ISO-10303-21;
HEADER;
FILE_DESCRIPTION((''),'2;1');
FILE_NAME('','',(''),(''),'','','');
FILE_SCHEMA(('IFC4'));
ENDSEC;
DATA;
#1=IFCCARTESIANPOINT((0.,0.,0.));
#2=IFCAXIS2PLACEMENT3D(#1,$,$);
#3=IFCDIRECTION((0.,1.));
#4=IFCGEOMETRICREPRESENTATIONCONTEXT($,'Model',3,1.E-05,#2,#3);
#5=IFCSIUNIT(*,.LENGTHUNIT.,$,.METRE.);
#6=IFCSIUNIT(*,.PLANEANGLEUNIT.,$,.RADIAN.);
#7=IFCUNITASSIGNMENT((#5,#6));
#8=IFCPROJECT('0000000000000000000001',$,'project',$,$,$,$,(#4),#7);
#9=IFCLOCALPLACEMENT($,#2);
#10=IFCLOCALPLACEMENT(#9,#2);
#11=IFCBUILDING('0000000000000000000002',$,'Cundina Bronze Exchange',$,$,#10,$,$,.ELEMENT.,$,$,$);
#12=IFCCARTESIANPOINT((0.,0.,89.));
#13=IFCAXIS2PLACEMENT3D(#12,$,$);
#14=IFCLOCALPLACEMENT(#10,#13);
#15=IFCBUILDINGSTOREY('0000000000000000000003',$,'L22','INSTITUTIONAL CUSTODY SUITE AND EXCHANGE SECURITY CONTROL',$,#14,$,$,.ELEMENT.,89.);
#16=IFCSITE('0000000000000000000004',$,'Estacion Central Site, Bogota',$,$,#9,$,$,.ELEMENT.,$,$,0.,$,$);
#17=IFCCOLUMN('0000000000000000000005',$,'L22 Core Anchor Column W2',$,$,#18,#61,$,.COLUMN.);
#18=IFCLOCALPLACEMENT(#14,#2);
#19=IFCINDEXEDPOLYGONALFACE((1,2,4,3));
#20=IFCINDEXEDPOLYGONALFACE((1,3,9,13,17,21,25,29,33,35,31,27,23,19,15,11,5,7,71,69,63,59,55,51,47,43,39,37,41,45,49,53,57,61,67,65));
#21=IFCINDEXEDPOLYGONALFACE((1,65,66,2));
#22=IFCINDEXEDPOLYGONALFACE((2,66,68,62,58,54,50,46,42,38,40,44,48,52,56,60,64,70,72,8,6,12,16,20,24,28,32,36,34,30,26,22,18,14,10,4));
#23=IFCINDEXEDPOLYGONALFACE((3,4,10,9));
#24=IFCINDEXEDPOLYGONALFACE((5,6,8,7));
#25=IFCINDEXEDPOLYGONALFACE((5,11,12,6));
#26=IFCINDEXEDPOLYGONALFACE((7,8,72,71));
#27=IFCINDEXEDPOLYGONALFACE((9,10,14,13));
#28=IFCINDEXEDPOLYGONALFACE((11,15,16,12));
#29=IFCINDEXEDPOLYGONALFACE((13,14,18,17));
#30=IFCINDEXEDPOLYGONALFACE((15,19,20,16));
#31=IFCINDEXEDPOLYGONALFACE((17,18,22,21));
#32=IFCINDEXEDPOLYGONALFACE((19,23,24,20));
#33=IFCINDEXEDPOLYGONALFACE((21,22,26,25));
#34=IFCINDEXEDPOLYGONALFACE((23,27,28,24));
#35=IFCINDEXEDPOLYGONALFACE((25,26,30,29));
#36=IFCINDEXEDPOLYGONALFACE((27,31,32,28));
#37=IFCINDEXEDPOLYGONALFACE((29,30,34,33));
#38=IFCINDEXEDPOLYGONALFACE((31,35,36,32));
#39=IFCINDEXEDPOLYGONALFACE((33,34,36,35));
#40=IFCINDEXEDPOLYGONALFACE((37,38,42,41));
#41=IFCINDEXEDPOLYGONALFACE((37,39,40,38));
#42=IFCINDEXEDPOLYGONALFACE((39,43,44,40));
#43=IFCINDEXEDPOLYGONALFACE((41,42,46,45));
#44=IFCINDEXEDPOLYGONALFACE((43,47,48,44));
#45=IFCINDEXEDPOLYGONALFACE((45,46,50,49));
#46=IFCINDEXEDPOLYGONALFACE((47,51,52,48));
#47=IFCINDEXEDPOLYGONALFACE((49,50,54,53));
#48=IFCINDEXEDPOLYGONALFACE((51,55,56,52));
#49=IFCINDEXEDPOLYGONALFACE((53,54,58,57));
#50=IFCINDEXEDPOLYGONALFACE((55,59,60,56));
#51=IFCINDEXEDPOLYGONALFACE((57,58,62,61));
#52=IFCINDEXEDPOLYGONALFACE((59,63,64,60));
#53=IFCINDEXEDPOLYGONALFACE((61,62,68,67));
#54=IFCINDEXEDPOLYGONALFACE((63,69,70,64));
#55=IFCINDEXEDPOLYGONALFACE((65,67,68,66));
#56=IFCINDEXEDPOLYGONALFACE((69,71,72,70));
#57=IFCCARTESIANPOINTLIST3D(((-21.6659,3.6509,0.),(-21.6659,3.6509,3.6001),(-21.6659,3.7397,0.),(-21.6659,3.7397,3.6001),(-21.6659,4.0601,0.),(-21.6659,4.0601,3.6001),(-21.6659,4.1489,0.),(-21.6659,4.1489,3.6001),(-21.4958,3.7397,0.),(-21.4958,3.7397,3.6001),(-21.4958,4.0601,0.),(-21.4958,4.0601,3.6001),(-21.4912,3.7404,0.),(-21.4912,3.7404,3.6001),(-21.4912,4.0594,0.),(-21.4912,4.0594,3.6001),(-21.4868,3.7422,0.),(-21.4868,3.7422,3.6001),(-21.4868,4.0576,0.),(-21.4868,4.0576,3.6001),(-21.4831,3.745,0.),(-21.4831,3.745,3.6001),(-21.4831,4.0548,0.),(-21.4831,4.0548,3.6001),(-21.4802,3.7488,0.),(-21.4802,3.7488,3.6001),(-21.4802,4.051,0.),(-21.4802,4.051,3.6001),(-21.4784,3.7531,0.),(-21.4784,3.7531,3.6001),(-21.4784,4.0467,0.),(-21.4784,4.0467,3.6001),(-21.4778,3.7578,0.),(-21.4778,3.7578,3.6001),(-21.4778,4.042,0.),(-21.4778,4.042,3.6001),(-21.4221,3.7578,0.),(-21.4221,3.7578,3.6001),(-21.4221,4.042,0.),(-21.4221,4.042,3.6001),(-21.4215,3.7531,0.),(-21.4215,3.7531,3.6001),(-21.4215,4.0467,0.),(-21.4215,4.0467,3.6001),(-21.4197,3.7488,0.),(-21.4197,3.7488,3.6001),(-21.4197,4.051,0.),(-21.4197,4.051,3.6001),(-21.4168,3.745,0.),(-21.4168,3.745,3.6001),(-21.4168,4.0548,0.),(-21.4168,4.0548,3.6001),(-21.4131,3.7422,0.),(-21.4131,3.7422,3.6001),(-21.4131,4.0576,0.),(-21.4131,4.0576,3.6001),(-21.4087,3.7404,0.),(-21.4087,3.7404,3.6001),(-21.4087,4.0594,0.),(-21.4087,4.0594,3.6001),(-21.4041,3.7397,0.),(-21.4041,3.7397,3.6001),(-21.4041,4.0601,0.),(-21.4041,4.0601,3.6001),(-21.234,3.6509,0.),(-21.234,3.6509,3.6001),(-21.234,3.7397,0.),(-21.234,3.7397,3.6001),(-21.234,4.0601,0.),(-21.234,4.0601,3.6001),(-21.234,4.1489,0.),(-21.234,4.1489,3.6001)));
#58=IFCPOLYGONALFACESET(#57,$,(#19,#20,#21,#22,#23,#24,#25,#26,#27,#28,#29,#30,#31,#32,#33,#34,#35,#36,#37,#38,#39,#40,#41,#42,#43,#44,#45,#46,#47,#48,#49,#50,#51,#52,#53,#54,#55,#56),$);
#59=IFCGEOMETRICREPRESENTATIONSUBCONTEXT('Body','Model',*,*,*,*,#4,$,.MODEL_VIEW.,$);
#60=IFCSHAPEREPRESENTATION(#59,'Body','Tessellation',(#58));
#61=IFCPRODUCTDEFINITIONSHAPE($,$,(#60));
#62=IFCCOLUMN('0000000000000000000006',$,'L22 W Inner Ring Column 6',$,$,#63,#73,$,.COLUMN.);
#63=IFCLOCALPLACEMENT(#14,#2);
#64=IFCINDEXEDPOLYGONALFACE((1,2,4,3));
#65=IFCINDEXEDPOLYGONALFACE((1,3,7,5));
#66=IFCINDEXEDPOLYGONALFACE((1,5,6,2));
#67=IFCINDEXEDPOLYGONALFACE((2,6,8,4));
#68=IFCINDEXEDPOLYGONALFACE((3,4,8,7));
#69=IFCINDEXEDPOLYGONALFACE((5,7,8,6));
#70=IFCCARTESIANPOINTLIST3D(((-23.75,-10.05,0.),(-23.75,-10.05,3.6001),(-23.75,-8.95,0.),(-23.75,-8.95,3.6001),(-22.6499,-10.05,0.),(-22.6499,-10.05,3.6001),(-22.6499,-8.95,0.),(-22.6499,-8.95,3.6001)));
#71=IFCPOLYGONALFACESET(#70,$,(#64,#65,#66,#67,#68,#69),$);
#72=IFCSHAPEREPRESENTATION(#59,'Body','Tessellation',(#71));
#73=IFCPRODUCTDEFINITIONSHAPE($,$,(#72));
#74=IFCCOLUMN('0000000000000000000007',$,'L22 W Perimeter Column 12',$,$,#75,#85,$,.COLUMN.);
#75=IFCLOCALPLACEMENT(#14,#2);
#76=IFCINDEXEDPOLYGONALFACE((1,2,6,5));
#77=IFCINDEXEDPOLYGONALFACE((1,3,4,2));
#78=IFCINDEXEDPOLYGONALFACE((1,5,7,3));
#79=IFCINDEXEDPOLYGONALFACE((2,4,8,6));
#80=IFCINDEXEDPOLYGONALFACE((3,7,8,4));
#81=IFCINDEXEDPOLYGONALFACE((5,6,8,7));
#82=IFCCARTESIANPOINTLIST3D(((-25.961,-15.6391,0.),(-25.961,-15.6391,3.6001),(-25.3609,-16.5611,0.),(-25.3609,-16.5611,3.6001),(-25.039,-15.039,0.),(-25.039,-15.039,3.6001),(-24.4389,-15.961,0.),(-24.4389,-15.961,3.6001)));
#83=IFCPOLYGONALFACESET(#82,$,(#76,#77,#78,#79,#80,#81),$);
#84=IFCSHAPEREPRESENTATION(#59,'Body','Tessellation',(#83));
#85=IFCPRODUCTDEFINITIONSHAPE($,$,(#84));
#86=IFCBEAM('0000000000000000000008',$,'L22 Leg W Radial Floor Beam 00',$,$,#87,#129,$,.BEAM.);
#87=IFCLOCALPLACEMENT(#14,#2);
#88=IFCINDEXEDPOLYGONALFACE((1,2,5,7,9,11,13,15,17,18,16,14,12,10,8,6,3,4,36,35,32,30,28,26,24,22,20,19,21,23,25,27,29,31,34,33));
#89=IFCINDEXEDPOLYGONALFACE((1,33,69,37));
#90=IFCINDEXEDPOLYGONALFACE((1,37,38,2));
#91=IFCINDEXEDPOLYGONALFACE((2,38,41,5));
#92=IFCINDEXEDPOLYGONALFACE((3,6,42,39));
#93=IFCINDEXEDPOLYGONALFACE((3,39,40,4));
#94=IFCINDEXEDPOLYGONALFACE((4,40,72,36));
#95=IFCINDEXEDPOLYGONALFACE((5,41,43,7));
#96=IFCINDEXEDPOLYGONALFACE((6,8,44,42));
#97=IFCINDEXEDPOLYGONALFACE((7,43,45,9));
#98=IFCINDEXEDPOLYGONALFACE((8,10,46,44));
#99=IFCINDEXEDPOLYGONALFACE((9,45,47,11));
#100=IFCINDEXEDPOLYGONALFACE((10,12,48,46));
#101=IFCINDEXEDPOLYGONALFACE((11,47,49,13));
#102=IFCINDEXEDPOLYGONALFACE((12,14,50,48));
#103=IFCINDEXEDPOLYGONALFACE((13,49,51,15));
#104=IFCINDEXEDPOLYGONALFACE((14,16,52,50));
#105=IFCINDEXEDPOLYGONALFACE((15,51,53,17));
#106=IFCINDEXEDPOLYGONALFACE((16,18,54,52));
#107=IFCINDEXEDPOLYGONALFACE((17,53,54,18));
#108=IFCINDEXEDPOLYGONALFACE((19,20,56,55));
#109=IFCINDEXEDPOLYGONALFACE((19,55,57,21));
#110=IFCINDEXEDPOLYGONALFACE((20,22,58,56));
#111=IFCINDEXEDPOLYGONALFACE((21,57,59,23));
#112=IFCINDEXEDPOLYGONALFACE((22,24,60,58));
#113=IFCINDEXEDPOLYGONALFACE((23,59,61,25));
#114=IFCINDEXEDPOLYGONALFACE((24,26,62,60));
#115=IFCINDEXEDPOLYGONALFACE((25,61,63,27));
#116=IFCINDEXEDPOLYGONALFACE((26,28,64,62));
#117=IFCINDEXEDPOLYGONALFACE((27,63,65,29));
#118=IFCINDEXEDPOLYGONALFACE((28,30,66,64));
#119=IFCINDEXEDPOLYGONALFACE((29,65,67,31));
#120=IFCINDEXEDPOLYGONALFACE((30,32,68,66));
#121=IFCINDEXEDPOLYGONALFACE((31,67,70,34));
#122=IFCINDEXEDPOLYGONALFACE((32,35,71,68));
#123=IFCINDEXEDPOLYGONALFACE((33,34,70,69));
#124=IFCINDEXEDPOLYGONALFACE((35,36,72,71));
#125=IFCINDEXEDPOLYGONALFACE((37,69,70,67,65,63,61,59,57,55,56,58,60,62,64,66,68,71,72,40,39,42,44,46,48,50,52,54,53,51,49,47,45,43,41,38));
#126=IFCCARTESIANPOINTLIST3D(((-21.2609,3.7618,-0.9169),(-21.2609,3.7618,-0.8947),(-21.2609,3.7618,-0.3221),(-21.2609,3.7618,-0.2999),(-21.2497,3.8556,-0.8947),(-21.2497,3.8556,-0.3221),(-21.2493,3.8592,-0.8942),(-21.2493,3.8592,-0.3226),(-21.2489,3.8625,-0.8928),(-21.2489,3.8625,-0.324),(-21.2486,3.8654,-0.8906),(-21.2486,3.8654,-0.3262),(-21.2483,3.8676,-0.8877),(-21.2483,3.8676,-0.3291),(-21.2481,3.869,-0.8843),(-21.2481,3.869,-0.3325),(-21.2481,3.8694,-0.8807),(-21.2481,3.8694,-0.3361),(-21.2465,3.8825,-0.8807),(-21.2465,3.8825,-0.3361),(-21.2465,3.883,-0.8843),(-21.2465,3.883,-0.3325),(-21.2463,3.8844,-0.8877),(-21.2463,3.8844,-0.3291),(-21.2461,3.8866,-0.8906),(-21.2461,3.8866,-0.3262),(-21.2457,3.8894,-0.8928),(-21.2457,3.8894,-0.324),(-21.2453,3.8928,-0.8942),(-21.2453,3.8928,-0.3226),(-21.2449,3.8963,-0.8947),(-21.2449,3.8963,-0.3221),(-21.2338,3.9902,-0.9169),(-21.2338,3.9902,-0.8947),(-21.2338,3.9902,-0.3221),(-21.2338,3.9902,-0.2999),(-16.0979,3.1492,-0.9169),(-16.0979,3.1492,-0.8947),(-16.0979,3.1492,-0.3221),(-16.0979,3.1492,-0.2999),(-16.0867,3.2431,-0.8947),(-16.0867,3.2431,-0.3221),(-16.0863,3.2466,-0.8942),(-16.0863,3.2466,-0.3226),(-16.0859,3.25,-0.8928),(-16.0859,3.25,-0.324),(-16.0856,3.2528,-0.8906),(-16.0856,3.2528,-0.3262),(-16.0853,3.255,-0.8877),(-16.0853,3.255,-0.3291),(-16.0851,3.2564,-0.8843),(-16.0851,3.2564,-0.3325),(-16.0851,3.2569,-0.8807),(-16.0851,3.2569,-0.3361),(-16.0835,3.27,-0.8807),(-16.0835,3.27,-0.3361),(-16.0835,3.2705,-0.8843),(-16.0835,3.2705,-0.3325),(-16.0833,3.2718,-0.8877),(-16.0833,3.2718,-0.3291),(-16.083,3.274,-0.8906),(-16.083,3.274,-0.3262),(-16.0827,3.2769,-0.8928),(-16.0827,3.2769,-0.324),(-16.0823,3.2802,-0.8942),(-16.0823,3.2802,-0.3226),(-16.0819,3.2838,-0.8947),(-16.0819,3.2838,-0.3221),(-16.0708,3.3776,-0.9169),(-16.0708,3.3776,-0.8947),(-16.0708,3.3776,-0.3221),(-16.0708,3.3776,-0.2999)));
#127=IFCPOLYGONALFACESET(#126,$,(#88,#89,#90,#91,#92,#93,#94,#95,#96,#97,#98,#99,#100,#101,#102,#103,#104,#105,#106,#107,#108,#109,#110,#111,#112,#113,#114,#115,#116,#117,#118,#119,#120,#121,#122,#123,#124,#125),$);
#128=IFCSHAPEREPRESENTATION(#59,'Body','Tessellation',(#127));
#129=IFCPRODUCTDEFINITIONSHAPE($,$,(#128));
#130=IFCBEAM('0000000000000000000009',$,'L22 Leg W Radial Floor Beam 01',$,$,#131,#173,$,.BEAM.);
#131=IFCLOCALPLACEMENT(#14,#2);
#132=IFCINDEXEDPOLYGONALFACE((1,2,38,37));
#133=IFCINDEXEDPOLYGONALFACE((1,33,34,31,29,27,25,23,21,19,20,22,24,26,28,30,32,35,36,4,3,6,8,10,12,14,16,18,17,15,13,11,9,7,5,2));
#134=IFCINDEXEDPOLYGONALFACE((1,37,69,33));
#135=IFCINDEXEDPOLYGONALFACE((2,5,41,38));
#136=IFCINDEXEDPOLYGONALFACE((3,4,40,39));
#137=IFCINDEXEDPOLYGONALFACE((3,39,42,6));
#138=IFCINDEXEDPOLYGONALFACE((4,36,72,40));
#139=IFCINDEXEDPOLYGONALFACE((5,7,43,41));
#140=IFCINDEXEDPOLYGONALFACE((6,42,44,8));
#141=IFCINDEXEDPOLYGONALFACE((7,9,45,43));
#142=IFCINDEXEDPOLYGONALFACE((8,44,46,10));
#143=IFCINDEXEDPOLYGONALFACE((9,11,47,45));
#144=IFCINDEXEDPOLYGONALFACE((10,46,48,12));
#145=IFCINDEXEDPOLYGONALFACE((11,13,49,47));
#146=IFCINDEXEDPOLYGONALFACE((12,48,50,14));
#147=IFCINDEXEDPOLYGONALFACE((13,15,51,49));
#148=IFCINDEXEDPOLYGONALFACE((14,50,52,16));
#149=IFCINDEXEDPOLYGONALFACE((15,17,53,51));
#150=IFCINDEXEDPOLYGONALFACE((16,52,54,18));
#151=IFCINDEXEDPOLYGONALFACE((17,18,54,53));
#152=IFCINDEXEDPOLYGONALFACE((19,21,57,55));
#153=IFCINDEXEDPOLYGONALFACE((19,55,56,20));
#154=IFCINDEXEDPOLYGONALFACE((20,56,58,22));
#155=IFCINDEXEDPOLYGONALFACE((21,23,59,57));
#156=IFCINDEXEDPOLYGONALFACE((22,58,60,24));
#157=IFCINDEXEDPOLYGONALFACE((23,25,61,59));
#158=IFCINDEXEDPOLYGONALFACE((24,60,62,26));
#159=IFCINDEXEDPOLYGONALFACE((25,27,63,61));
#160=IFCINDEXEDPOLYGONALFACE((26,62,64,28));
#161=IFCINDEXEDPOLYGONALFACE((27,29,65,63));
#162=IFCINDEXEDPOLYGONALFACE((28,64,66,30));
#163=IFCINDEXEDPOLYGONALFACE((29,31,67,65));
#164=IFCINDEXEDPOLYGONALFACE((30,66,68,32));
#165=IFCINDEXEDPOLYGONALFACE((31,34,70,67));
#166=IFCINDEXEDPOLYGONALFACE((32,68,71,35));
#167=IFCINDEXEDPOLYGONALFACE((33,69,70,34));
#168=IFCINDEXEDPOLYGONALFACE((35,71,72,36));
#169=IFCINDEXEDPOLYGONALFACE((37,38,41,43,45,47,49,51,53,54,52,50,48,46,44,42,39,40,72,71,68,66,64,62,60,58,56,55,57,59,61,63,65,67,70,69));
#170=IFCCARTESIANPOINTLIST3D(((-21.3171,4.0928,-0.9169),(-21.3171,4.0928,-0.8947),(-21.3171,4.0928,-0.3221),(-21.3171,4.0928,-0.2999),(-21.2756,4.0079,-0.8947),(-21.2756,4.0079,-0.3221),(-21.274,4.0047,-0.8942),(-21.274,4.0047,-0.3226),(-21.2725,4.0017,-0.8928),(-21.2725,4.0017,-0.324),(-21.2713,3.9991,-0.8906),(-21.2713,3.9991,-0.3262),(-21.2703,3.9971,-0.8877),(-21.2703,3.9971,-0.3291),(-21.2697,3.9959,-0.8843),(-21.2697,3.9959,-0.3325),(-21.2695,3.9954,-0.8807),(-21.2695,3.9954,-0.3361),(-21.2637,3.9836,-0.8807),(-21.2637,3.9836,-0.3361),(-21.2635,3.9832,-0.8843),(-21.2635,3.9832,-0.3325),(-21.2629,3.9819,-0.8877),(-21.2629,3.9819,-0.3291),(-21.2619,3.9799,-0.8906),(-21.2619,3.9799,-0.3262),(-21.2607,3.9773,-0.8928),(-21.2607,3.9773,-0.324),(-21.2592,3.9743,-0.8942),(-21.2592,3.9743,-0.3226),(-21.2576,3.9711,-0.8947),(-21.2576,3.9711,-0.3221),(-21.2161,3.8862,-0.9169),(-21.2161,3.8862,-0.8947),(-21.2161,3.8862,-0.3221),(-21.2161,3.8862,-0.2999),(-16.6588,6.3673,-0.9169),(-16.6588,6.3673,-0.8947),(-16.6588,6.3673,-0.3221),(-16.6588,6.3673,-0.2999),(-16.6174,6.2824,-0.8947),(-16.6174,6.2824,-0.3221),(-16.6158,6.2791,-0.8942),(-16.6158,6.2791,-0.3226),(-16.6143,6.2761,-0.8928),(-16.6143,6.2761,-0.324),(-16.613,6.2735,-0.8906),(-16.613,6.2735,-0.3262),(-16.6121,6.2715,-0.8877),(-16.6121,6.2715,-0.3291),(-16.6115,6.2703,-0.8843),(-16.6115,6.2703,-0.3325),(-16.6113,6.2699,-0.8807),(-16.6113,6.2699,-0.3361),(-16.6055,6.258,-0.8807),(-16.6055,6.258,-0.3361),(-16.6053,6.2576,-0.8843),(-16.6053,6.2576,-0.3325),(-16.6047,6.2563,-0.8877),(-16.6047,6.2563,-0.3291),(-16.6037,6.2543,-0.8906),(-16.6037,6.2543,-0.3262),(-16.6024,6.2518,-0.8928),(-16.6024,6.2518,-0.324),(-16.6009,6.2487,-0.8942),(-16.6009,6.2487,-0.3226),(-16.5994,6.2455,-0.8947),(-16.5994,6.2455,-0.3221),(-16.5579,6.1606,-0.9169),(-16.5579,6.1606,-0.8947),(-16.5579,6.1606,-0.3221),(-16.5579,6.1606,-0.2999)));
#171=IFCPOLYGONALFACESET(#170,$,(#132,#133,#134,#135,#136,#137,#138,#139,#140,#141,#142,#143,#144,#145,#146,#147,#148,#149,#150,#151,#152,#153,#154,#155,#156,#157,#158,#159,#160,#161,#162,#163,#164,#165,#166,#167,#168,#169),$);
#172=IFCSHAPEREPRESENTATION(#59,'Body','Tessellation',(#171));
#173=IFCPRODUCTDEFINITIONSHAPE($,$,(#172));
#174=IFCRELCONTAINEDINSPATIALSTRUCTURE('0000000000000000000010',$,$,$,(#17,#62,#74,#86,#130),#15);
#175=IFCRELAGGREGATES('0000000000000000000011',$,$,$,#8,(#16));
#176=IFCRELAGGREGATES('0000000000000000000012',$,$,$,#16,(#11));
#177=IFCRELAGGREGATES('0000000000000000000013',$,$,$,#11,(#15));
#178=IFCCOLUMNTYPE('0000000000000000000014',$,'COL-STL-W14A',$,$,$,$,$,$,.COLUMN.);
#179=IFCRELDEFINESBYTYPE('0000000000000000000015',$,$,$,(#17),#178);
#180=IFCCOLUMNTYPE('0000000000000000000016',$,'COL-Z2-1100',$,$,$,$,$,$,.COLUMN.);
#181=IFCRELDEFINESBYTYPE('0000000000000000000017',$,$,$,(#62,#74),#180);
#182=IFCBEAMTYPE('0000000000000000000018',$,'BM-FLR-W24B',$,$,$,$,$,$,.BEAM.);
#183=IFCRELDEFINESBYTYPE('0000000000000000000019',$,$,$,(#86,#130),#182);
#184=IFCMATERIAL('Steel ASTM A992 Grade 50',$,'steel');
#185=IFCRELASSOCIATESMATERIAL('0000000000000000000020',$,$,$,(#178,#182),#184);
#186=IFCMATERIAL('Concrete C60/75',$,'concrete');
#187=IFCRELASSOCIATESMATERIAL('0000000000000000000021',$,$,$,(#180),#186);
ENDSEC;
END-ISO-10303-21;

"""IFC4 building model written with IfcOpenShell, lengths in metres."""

from ifc_helpers import new_model, si_unit, direction, frame, origin, origin_2d, place, context, subcontext, project, spatial, rectangle, i_section, extrude, material, material_profile, profile_set, type_object, element, save


model = new_model("IFC4")

# Units and contexts
model_context = context("Model", 3, precision=1e-05, world=origin(), true_north=direction((0.0, 1.0)))
body_context = subcontext(model_context, "Body", "Model", "MODEL_VIEW")
ifc_project = project(units=[si_unit("LENGTHUNIT", "METRE"), si_unit("PLANEANGLEUNIT", "RADIAN")], contexts=[model_context])

# Site, building, storey
site_placement = place(None, origin())
site = spatial("IfcSite", under=ifc_project, at=site_placement, Name="Estacion Central Site, Bogota", CompositionType="ELEMENT", RefElevation=0.0)
building_placement = place(site_placement, origin())
building = spatial("IfcBuilding", under=site, at=building_placement, Name="Cundina Bronze Exchange", CompositionType="ELEMENT")
storey_placement = place(building_placement, frame((0.0, 0.0, 89.0)))
storey = spatial("IfcBuildingStorey", under=building, at=storey_placement, Name="L22", Description="INSTITUTIONAL CUSTODY SUITE AND EXCHANGE SECURITY CONTROL", CompositionType="ELEMENT", Elevation=89.0)

# Columns
ifc_material_1 = material(Name="Steel ASTM A992 Grade 50", Category="steel")
ifc_material_profile_1 = material_profile(ifc_material_1, i_section(OverallWidth=0.4319, OverallDepth=0.498, WebThickness=0.0557, FlangeThickness=0.0889, FilletRadius=0.0181, at=origin_2d()), Name="W14X500", Category="steel")
ifc_profile_set_1 = profile_set([ifc_material_profile_1], Name="Steel ASTM A992 Grade 50")
column_type_1 = type_object("IfcColumnType", Name="COL-STL-W14A", PredefinedType="COLUMN", material=ifc_profile_set_1)
column_placement = place(storey_placement, frame((-21.45, 3.8999, 0.0), z_axis=(0.0, 0.0, 1.0), x_axis=(1.0, 0.0, 0.0)))
element("IfcColumn", 1, at=column_placement, inside=storey, type_object=column_type_1, Name="L22 Core Anchor Column W2", PredefinedType="COLUMN", context=body_context, shape_type="SweptSolid", body=[
    extrude(i_section(OverallWidth=0.4319, OverallDepth=0.498, WebThickness=0.0557, FlangeThickness=0.0889, FilletRadius=0.0181, at=origin_2d()), origin(), (0.0, 0.0, 1.0), 3.6001),
])
ifc_material_2 = material(Name="Concrete C60/75", Category="concrete")
ifc_material_profile_2 = material_profile(ifc_material_2, rectangle(XDim=1.1001, YDim=1.1001, at=origin_2d()), Name="RC1100X1100", Category="concrete")
ifc_profile_set_2 = profile_set([ifc_material_profile_2], Name="Concrete C60/75")
column_type_2 = type_object("IfcColumnType", Name="COL-Z2-1100", PredefinedType="COLUMN", material=ifc_profile_set_2)
for number, where, z_axis, x_axis, name in (
    (2, (-23.2, -9.5, 0.0), (0.0, 0.0, 1.0), (1.0, 0.0, 0.0), "L22 W Inner Ring Column 6"),
    (3, (-25.2, -15.8, 0.0), (0.0, 0.0, 1.0), (0.8381, 0.545517, 0.0), "L22 W Perimeter Column 12"),
):
    element("IfcColumn", number, at=place(storey_placement, frame(where, z_axis=z_axis, x_axis=x_axis)), inside=storey, type_object=column_type_2, Name=name, PredefinedType="COLUMN", context=body_context, shape_type="SweptSolid", body=[
        extrude(rectangle(XDim=1.1001, YDim=1.1001, at=origin_2d()), origin(), (0.0, 0.0, 1.0), 3.6001),
    ])

# Beams
ifc_material_profile_3 = material_profile(ifc_material_1, i_section(OverallWidth=0.23, OverallDepth=0.6169, WebThickness=0.0132, FlangeThickness=0.0222, FilletRadius=0.0139, at=origin_2d()), Name="W24X94", Category="steel")
ifc_profile_set_3 = profile_set([ifc_material_profile_3], Name="Steel ASTM A992 Grade 50")
beam_type_1 = type_object("IfcBeamType", Name="BM-FLR-W24B", PredefinedType="BEAM", material=ifc_profile_set_3)
beam_1_placement = place(storey_placement, frame((-21.2473, 3.876, -0.6084), z_axis=(0.993036, -0.117814, 0.0), x_axis=(0.117814, 0.993036, 0.0)))
element("IfcBeam", 4, at=beam_1_placement, inside=storey, type_object=beam_type_1, Name="L22 Leg W Radial Floor Beam 00", PredefinedType="BEAM", context=body_context, shape_type="SweptSolid", body=[
    extrude(i_section(OverallWidth=0.23, OverallDepth=0.6169, WebThickness=0.0132, FlangeThickness=0.0222, FilletRadius=0.0139, at=origin_2d()), origin(), (0.0, 0.0, 1.0), 5.1992),
])
beam_2_placement = place(storey_placement, frame((-21.2666, 3.9895, -0.6084), z_axis=(0.898607, 0.438754, 0.0), x_axis=(-0.438754, 0.898607, 0.0)))
element("IfcBeam", 5, at=beam_2_placement, inside=storey, type_object=beam_type_1, Name="L22 Leg W Radial Floor Beam 01", PredefinedType="BEAM", context=body_context, shape_type="SweptSolid", body=[
    extrude(i_section(OverallWidth=0.23, OverallDepth=0.6169, WebThickness=0.0132, FlangeThickness=0.0222, FilletRadius=0.0139, at=origin_2d()), origin(), (0.0, 0.0, 1.0), 5.1838),
])

save(model, "model.ifc")
